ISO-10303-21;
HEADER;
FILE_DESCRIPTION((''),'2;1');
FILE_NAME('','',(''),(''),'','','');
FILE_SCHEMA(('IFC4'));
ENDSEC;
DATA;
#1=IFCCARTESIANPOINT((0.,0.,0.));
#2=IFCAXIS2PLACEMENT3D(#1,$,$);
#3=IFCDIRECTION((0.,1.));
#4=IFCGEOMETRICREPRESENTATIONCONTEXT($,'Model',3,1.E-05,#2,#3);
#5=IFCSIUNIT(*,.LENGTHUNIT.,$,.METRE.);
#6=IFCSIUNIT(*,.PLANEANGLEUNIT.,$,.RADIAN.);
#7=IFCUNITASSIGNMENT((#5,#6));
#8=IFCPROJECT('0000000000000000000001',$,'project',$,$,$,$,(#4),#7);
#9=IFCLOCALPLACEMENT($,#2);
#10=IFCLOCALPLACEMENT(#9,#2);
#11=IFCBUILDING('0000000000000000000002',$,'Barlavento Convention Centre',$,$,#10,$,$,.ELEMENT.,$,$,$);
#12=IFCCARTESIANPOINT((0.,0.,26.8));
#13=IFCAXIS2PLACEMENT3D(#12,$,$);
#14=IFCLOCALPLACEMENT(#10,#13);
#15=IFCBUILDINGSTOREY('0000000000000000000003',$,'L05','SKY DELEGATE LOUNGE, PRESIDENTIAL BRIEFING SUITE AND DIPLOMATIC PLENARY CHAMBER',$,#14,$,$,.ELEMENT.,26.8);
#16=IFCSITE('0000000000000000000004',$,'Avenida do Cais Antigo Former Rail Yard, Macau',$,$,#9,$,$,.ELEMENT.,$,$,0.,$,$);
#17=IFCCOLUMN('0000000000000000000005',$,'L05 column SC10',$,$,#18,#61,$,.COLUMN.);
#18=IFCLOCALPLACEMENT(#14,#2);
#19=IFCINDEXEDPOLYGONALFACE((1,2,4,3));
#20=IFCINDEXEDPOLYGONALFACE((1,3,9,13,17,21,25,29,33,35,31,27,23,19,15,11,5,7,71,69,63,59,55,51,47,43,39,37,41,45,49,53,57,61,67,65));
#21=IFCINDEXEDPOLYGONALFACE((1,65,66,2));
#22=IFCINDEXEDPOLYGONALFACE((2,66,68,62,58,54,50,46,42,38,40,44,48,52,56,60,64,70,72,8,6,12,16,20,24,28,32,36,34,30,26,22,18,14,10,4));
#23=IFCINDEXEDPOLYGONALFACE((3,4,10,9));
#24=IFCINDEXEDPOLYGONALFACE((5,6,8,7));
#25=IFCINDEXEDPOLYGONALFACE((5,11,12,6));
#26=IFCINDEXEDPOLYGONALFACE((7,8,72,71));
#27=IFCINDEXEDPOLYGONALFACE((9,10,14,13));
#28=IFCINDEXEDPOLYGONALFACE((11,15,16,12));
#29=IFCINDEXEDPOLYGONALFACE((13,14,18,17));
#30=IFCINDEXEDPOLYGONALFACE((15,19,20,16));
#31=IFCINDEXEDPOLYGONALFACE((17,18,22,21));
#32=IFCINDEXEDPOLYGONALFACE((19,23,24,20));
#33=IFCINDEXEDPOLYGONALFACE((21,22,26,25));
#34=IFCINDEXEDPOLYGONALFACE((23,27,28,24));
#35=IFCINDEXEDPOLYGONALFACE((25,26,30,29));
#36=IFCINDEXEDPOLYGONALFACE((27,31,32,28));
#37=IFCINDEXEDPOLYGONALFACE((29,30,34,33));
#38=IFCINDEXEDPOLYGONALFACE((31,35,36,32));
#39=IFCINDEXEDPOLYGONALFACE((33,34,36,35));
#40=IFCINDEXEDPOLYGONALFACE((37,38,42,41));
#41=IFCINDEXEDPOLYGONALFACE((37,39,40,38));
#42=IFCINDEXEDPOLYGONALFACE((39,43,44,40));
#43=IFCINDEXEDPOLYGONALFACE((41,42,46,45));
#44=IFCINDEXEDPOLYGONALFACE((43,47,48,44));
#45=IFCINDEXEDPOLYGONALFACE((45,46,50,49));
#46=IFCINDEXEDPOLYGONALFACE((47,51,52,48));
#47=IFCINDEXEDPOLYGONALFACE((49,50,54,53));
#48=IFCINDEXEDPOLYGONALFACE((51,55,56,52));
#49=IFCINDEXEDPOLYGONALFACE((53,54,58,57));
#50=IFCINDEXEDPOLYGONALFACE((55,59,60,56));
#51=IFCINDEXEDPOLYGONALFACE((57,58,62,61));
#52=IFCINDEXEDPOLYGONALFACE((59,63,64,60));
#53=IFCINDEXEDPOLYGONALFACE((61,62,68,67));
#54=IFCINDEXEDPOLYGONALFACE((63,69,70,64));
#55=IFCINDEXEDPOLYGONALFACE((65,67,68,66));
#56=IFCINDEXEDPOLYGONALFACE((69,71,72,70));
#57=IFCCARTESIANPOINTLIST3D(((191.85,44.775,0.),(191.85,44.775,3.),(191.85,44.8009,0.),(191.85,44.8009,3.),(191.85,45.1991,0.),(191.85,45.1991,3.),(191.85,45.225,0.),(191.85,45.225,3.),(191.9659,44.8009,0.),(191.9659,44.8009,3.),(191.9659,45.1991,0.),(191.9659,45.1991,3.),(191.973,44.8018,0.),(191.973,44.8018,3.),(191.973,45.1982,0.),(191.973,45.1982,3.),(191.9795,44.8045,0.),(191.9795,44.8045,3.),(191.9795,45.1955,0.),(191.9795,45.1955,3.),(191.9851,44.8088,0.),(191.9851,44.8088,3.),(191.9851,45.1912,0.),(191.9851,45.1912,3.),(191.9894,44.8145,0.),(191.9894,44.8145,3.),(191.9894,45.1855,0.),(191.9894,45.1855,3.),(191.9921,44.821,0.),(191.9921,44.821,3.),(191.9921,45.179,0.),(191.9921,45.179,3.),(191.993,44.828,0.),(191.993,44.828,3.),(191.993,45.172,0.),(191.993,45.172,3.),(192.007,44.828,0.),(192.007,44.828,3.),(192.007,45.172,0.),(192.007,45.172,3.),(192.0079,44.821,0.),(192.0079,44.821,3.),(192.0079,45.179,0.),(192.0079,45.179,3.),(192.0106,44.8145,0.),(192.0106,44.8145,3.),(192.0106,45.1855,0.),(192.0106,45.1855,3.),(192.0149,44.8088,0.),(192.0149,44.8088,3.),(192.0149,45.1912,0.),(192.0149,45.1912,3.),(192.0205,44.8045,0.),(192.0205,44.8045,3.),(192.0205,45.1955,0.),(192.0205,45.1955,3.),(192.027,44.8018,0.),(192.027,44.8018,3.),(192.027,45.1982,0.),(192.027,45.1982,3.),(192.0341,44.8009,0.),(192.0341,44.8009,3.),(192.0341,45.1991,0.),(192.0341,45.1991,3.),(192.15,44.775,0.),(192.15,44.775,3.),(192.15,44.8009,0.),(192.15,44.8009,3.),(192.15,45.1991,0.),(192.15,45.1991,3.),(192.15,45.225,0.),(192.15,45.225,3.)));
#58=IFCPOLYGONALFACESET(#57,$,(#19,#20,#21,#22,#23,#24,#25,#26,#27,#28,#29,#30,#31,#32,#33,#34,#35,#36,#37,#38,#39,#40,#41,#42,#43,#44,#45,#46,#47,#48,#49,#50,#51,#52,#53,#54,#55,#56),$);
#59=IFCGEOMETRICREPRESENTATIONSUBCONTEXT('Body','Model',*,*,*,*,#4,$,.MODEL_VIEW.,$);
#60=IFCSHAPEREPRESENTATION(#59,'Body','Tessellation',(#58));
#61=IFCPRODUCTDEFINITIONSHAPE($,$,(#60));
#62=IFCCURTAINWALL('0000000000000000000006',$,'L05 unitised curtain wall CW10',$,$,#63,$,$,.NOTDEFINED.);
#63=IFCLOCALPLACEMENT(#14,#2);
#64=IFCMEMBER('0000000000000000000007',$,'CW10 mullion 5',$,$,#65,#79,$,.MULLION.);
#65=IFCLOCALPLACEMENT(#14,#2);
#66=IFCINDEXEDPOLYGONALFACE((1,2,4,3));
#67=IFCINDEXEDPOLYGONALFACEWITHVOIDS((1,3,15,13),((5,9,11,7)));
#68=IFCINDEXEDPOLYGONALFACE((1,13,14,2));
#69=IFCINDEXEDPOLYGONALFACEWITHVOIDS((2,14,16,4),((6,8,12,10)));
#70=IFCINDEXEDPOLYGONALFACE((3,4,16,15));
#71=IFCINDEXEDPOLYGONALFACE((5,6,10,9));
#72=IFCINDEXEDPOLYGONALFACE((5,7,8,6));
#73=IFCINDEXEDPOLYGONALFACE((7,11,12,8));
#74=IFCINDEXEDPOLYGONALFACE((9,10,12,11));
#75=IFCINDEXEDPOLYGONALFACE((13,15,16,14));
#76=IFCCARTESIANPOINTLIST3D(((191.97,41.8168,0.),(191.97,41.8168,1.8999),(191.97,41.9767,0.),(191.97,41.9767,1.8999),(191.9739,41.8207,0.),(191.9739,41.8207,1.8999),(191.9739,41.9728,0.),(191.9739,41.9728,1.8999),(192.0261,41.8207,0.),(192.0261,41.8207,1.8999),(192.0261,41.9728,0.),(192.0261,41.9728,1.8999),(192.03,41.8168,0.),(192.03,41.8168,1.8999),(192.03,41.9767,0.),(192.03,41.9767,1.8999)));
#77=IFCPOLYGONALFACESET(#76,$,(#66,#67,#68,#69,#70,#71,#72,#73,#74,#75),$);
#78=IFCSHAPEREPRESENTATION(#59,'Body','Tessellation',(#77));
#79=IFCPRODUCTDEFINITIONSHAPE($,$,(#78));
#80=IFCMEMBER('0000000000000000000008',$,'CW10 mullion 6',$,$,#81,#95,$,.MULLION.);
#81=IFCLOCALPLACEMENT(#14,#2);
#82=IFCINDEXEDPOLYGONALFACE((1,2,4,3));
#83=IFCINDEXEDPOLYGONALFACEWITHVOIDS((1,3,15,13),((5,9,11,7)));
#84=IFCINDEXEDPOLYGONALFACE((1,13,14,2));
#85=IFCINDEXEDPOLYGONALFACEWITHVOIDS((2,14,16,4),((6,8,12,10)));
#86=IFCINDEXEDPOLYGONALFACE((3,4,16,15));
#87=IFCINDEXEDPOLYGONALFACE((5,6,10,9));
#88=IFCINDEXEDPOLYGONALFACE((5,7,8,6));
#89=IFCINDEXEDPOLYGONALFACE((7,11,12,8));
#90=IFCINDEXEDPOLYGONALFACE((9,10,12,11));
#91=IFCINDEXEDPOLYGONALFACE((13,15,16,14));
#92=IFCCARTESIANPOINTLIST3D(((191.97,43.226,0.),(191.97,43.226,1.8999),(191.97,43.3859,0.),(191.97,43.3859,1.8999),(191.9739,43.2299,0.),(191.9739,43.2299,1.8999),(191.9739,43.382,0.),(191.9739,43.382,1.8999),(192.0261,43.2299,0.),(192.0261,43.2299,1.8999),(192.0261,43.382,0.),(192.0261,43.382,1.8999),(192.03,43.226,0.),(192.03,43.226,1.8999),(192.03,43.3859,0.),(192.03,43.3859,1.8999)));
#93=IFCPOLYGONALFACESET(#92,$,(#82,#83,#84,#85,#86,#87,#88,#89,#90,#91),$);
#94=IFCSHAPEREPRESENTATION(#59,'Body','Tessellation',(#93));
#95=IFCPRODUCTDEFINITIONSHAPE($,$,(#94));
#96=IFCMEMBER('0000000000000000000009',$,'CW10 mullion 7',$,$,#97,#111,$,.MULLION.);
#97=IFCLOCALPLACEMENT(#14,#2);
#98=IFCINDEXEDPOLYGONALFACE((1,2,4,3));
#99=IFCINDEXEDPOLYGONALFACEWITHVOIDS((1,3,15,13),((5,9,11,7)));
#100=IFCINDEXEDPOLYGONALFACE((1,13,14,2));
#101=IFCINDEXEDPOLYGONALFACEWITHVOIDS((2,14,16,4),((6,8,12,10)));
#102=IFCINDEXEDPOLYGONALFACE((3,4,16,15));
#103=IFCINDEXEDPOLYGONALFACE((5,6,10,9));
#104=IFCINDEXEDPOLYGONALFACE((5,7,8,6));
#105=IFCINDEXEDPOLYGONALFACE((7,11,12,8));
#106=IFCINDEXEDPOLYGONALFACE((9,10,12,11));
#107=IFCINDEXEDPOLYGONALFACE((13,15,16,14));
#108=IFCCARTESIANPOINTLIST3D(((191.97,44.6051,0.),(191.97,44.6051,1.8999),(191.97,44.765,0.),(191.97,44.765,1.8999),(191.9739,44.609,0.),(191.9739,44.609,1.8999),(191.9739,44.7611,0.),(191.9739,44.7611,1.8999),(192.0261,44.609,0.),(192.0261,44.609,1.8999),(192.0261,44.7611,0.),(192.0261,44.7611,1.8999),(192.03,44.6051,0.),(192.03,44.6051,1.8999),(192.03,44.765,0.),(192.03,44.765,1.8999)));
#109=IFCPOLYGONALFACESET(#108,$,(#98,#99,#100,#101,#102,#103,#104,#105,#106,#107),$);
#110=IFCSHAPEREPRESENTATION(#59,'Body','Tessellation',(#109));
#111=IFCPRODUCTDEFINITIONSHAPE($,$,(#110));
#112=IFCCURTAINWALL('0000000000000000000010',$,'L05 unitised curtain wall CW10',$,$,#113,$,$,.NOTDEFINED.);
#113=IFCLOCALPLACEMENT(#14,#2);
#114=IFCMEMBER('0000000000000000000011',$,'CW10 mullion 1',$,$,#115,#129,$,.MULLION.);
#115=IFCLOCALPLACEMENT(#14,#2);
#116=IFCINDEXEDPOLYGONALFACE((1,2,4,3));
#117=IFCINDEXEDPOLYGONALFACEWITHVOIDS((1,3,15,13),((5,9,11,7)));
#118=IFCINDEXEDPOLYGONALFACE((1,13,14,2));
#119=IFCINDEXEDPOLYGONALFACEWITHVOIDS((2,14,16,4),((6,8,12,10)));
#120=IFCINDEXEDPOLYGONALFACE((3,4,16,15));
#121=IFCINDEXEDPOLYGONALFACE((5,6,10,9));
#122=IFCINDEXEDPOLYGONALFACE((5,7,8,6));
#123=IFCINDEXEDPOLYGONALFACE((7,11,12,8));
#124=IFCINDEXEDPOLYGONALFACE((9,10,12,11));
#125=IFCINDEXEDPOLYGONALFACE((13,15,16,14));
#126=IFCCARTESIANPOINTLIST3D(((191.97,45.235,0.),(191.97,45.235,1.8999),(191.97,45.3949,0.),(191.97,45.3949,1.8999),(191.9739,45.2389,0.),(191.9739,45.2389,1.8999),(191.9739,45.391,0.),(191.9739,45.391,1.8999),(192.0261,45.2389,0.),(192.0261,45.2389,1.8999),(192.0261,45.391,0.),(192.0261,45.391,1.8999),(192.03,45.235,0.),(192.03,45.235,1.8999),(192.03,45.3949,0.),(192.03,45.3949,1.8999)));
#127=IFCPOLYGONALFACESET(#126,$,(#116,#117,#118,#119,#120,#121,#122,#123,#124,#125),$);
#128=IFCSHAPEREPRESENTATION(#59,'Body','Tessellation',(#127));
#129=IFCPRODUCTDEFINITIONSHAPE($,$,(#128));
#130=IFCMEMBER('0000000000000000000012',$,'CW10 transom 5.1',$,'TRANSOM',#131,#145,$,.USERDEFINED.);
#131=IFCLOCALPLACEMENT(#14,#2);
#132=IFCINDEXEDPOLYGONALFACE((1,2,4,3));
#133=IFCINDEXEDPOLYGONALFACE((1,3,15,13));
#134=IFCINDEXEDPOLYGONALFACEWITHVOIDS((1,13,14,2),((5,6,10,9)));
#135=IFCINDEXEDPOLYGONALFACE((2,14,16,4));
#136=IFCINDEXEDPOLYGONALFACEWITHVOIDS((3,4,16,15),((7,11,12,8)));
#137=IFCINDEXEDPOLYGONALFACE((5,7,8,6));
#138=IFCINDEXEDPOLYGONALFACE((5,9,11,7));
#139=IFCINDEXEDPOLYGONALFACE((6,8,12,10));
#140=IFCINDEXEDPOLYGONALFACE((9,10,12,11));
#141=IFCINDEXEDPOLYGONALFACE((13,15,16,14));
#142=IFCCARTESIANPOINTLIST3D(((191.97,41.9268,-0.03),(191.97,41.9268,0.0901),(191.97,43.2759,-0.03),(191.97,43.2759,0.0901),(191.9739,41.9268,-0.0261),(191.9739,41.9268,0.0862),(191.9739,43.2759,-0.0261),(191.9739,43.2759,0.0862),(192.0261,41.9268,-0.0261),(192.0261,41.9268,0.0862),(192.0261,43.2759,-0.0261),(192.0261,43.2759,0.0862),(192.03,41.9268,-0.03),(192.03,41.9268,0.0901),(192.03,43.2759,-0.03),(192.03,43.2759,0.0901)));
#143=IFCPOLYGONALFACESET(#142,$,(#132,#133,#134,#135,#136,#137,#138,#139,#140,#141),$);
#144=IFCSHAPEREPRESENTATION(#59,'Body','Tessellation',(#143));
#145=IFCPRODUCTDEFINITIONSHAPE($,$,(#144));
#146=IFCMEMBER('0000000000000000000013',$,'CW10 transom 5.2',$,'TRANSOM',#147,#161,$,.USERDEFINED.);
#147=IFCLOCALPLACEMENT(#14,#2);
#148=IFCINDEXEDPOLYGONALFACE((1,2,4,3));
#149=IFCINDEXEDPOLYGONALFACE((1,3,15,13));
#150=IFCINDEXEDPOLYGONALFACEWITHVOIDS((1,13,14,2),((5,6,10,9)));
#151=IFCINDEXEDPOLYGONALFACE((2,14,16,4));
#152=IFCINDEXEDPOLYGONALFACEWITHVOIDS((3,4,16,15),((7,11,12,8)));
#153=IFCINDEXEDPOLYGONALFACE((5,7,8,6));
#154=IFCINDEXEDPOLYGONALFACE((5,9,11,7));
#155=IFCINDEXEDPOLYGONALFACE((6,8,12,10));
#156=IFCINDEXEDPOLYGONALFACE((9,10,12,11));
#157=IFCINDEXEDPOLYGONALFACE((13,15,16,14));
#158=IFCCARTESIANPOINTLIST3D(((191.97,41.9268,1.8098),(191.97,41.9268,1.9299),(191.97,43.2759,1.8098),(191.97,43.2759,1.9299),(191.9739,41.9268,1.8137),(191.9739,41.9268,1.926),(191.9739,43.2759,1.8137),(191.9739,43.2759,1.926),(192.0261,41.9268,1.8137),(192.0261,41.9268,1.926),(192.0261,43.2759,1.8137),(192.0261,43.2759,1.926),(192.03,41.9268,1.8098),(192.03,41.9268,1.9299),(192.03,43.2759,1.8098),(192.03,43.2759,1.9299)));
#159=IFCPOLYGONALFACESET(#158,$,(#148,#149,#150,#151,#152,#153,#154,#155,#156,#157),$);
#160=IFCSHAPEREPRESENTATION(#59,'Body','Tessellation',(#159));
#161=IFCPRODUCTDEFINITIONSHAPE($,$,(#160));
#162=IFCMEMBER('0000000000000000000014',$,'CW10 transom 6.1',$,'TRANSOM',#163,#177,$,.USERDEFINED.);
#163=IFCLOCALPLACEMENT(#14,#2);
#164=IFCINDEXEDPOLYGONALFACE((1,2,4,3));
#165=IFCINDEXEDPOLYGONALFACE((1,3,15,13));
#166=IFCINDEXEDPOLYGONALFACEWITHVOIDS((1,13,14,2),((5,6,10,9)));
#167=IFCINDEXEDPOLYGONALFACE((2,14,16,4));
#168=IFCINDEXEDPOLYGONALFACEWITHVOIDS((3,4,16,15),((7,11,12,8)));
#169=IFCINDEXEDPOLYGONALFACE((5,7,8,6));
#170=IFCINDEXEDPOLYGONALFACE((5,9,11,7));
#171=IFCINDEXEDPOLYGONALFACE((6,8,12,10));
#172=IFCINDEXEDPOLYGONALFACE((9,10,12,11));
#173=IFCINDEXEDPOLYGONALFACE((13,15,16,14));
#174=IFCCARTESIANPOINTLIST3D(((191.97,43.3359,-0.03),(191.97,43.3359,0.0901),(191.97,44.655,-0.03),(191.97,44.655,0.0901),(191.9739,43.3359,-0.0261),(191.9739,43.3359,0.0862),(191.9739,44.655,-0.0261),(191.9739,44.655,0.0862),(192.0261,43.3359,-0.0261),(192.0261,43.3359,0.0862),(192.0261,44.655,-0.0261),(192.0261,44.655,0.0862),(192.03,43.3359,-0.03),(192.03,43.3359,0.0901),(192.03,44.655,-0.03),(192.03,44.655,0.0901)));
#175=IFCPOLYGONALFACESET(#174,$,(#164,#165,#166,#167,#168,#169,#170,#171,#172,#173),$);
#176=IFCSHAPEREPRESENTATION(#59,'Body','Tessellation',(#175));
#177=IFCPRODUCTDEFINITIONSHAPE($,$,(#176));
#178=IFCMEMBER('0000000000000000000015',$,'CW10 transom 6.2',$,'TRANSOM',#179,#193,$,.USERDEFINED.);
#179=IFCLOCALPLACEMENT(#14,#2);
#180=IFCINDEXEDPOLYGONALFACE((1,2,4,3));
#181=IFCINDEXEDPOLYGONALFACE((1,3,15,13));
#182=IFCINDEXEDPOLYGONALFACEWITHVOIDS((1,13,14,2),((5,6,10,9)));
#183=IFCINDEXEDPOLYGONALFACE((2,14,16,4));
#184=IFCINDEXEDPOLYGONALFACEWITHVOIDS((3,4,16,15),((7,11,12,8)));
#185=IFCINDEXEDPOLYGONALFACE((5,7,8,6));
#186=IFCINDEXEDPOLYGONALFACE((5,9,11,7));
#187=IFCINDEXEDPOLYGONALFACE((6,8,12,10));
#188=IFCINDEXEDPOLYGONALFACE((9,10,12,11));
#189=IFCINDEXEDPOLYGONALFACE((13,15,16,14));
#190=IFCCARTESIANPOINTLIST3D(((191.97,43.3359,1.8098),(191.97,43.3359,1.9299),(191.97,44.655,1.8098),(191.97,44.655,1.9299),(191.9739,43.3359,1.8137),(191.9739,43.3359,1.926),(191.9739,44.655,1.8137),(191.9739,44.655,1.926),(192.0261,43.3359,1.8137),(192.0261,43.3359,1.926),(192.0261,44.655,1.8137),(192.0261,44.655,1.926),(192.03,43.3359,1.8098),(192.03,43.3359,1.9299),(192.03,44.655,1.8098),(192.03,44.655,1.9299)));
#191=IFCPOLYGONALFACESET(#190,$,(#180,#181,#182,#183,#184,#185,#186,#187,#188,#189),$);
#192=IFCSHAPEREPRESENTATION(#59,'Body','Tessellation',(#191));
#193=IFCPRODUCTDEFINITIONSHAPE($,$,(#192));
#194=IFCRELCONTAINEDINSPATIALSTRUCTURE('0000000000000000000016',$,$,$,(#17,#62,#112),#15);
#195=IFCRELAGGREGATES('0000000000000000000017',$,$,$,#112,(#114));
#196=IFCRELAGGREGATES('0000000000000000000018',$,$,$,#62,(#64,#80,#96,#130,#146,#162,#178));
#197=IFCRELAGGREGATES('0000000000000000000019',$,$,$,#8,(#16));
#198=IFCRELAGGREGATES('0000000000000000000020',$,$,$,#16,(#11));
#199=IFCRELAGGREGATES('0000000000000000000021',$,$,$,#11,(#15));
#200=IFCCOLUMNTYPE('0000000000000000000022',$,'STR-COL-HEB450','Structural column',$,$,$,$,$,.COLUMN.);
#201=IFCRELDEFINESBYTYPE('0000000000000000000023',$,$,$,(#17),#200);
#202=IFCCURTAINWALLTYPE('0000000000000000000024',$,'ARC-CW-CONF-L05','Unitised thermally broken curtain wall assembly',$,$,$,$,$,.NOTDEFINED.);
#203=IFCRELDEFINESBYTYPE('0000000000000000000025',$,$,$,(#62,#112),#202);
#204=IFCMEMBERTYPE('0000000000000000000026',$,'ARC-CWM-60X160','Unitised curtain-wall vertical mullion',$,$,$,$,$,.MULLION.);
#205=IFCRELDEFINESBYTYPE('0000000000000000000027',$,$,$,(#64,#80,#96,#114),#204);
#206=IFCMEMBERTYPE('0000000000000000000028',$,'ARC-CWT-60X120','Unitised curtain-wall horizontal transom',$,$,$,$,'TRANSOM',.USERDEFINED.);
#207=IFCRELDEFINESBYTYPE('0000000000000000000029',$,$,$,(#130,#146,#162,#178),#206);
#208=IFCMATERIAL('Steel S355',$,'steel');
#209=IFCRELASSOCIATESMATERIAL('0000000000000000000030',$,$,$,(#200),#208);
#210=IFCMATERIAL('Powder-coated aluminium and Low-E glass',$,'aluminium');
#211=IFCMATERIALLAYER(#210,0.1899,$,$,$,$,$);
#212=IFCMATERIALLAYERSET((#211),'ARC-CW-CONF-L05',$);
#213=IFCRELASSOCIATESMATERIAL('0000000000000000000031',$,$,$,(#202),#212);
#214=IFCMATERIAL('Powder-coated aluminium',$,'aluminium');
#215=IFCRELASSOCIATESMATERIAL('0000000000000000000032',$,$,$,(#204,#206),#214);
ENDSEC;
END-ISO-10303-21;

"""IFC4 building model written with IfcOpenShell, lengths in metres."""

from ifc_helpers import new_model, si_unit, direction, frame, origin, origin_2d, place, context, subcontext, project, spatial, hollow_rectangle, i_section, extrude, material, layer, layer_set, material_profile, profile_set, type_object, element, aggregate, save


model = new_model("IFC4")

# Units and contexts
model_context = context("Model", 3, precision=1e-05, world=origin(), true_north=direction((0.0, 1.0)))
body_context = subcontext(model_context, "Body", "Model", "MODEL_VIEW")
ifc_project = project(units=[si_unit("LENGTHUNIT", "METRE"), si_unit("PLANEANGLEUNIT", "RADIAN")], contexts=[model_context])

# Site, building, storey
site_placement = place(None, origin())
site = spatial("IfcSite", under=ifc_project, at=site_placement, Name="Avenida do Cais Antigo Former Rail Yard, Macau", CompositionType="ELEMENT", RefElevation=0.0)
building_placement = place(site_placement, origin())
building = spatial("IfcBuilding", under=site, at=building_placement, Name="Barlavento Convention Centre", CompositionType="ELEMENT")
storey_placement = place(building_placement, frame((0.0, 0.0, 26.8)))
storey = spatial("IfcBuildingStorey", under=building, at=storey_placement, Name="L05", Description="SKY DELEGATE LOUNGE, PRESIDENTIAL BRIEFING SUITE AND DIPLOMATIC PLENARY CHAMBER", CompositionType="ELEMENT", Elevation=26.8)

# Column
ifc_material_1 = material(Name="Steel S355", Category="steel")
ifc_material_profile_1 = material_profile(ifc_material_1, i_section(OverallWidth=0.3, OverallDepth=0.45, WebThickness=0.0139, FlangeThickness=0.0259, FilletRadius=0.0271, at=origin_2d()), Name="HEB 450")
ifc_profile_set_1 = profile_set([ifc_material_profile_1], Name="Steel S355")
column_type = type_object("IfcColumnType", Name="STR-COL-HEB450", Description="Structural column", PredefinedType="COLUMN", material=ifc_profile_set_1)
column_placement = place(storey_placement, frame((192.0, 45.0, 0.0), z_axis=(0.0, 0.0, 1.0), x_axis=(1.0, 0.0, 0.0)))
element("IfcColumn", 1, at=column_placement, inside=storey, type_object=column_type, Name="L05 column SC10", PredefinedType="COLUMN", context=body_context, shape_type="SweptSolid", body=[
    extrude(i_section(OverallWidth=0.3, OverallDepth=0.45, WebThickness=0.0139, FlangeThickness=0.0259, FilletRadius=0.0271, at=origin_2d()), origin(), (0.0, 0.0, 1.0), 3.0),
])

# Curtain wall, members
ifc_material_2 = material(Name="Powder-coated aluminium and Low-E glass", Category="aluminium")
ifc_layer_1 = layer(ifc_material_2, 0.1899)
ifc_layer_set_1 = layer_set([ifc_layer_1], Name="ARC-CW-CONF-L05")
curtain_wall_type = type_object("IfcCurtainWallType", Name="ARC-CW-CONF-L05", Description="Unitised thermally broken curtain wall assembly", PredefinedType="NOTDEFINED", material=ifc_layer_set_1)
curtain_wall_1_placement = place(storey_placement, origin())
curtain_wall_1 = element("IfcCurtainWall", 2, at=curtain_wall_1_placement, inside=storey, type_object=curtain_wall_type, Name="L05 unitised curtain wall CW10", PredefinedType="NOTDEFINED")
ifc_material_3 = material(Name="Powder-coated aluminium", Category="aluminium")
ifc_material_profile_2 = material_profile(ifc_material_3, hollow_rectangle(XDim=0.0601, YDim=0.1599, WallThickness=0.0039, at=origin_2d()), Name="AL-MULL 60x160x4")
ifc_profile_set_2 = profile_set([ifc_material_profile_2], Name="Powder-coated aluminium")
member_type_1 = type_object("IfcMemberType", Name="ARC-CWM-60X160", Description="Unitised curtain-wall vertical mullion", PredefinedType="MULLION", material=ifc_profile_set_2)
member_1_placement = place(storey_placement, frame((192.0, 41.8967, 0.0), z_axis=(0.0, 0.0, 1.0), x_axis=(-1.0, 0.0, 0.0)))
member_1 = element("IfcMember", 3, at=member_1_placement, type_object=member_type_1, Name="CW10 mullion 5", PredefinedType="MULLION", context=body_context, shape_type="SweptSolid", body=[
    extrude(hollow_rectangle(XDim=0.0601, YDim=0.1599, WallThickness=0.0039, at=origin_2d()), origin(), (0.0, 0.0, 1.0), 1.8999),
])
member_2_placement = place(storey_placement, frame((192.0, 43.3059, 0.0), z_axis=(0.0, 0.0, 1.0), x_axis=(-1.0, 0.0, 0.0)))
member_2 = element("IfcMember", 4, at=member_2_placement, type_object=member_type_1, Name="CW10 mullion 6", PredefinedType="MULLION", context=body_context, shape_type="SweptSolid", body=[
    extrude(hollow_rectangle(XDim=0.0601, YDim=0.1599, WallThickness=0.0039, at=origin_2d()), origin(), (0.0, 0.0, 1.0), 1.8999),
])
member_3_placement = place(storey_placement, frame((192.0, 44.6851, 0.0), z_axis=(0.0, 0.0, 1.0), x_axis=(-1.0, 0.0, 0.0)))
member_3 = element("IfcMember", 5, at=member_3_placement, type_object=member_type_1, Name="CW10 mullion 7", PredefinedType="MULLION", context=body_context, shape_type="SweptSolid", body=[
    extrude(hollow_rectangle(XDim=0.0601, YDim=0.1599, WallThickness=0.0039, at=origin_2d()), origin(), (0.0, 0.0, 1.0), 1.8999),
])

# Curtain wall, member
curtain_wall_2_placement = place(storey_placement, origin())
curtain_wall_2 = element("IfcCurtainWall", 6, at=curtain_wall_2_placement, inside=storey, type_object=curtain_wall_type, Name="L05 unitised curtain wall CW10", PredefinedType="NOTDEFINED")
member_4_placement = place(storey_placement, frame((192.0, 45.3149, 0.0), z_axis=(0.0, 0.0, 1.0), x_axis=(-1.0, 0.0, 0.0)))
member_4 = element("IfcMember", 7, at=member_4_placement, type_object=member_type_1, Name="CW10 mullion 1", PredefinedType="MULLION", context=body_context, shape_type="SweptSolid", body=[
    extrude(hollow_rectangle(XDim=0.0601, YDim=0.1599, WallThickness=0.0039, at=origin_2d()), origin(), (0.0, 0.0, 1.0), 1.8999),
])

# Members
ifc_material_profile_3 = material_profile(ifc_material_3, hollow_rectangle(XDim=0.0601, YDim=0.1201, WallThickness=0.0039, at=origin_2d()), Name="AL-TRAN 60x120x4")
ifc_profile_set_3 = profile_set([ifc_material_profile_3], Name="Powder-coated aluminium")
member_type_2 = type_object("IfcMemberType", Name="ARC-CWT-60X120", Description="Unitised curtain-wall horizontal transom", ElementType="TRANSOM", PredefinedType="USERDEFINED", material=ifc_profile_set_3)
member_5_placement = place(storey_placement, frame((192.0, 41.9268, 0.03), z_axis=(0.0, 1.0, 0.0), x_axis=(-1.0, 0.0, 0.0)))
member_5 = element("IfcMember", 8, at=member_5_placement, type_object=member_type_2, Name="CW10 transom 5.1", ObjectType="TRANSOM", PredefinedType="USERDEFINED", context=body_context, shape_type="SweptSolid", body=[
    extrude(hollow_rectangle(XDim=0.0601, YDim=0.1201, WallThickness=0.0039, at=origin_2d()), origin(), (0.0, 0.0, 1.0), 1.3491),
])
member_6_placement = place(storey_placement, frame((192.0, 41.9268, 1.8699), z_axis=(0.0, 1.0, 0.0), x_axis=(-1.0, 0.0, 0.0)))
member_6 = element("IfcMember", 9, at=member_6_placement, type_object=member_type_2, Name="CW10 transom 5.2", ObjectType="TRANSOM", PredefinedType="USERDEFINED", context=body_context, shape_type="SweptSolid", body=[
    extrude(hollow_rectangle(XDim=0.0601, YDim=0.1201, WallThickness=0.0039, at=origin_2d()), origin(), (0.0, 0.0, 1.0), 1.3491),
])
member_7_placement = place(storey_placement, frame((192.0, 43.3359, 0.03), z_axis=(0.0, 1.0, 0.0), x_axis=(-1.0, 0.0, 0.0)))
member_7 = element("IfcMember", 10, at=member_7_placement, type_object=member_type_2, Name="CW10 transom 6.1", ObjectType="TRANSOM", PredefinedType="USERDEFINED", context=body_context, shape_type="SweptSolid", body=[
    extrude(hollow_rectangle(XDim=0.0601, YDim=0.1201, WallThickness=0.0039, at=origin_2d()), origin(), (0.0, 0.0, 1.0), 1.3191),
])
member_8_placement = place(storey_placement, frame((192.0, 43.3359, 1.8699), z_axis=(0.0, 1.0, 0.0), x_axis=(-1.0, 0.0, 0.0)))
member_8 = element("IfcMember", 11, at=member_8_placement, type_object=member_type_2, Name="CW10 transom 6.2", ObjectType="TRANSOM", PredefinedType="USERDEFINED", context=body_context, shape_type="SweptSolid", body=[
    extrude(hollow_rectangle(XDim=0.0601, YDim=0.1201, WallThickness=0.0039, at=origin_2d()), origin(), (0.0, 0.0, 1.0), 1.3191),
])
aggregate(curtain_wall_2, [member_4])

aggregate(curtain_wall_1, [member_1, member_2, member_3, member_5, member_6, member_7, member_8])

save(model, "model.ifc")
